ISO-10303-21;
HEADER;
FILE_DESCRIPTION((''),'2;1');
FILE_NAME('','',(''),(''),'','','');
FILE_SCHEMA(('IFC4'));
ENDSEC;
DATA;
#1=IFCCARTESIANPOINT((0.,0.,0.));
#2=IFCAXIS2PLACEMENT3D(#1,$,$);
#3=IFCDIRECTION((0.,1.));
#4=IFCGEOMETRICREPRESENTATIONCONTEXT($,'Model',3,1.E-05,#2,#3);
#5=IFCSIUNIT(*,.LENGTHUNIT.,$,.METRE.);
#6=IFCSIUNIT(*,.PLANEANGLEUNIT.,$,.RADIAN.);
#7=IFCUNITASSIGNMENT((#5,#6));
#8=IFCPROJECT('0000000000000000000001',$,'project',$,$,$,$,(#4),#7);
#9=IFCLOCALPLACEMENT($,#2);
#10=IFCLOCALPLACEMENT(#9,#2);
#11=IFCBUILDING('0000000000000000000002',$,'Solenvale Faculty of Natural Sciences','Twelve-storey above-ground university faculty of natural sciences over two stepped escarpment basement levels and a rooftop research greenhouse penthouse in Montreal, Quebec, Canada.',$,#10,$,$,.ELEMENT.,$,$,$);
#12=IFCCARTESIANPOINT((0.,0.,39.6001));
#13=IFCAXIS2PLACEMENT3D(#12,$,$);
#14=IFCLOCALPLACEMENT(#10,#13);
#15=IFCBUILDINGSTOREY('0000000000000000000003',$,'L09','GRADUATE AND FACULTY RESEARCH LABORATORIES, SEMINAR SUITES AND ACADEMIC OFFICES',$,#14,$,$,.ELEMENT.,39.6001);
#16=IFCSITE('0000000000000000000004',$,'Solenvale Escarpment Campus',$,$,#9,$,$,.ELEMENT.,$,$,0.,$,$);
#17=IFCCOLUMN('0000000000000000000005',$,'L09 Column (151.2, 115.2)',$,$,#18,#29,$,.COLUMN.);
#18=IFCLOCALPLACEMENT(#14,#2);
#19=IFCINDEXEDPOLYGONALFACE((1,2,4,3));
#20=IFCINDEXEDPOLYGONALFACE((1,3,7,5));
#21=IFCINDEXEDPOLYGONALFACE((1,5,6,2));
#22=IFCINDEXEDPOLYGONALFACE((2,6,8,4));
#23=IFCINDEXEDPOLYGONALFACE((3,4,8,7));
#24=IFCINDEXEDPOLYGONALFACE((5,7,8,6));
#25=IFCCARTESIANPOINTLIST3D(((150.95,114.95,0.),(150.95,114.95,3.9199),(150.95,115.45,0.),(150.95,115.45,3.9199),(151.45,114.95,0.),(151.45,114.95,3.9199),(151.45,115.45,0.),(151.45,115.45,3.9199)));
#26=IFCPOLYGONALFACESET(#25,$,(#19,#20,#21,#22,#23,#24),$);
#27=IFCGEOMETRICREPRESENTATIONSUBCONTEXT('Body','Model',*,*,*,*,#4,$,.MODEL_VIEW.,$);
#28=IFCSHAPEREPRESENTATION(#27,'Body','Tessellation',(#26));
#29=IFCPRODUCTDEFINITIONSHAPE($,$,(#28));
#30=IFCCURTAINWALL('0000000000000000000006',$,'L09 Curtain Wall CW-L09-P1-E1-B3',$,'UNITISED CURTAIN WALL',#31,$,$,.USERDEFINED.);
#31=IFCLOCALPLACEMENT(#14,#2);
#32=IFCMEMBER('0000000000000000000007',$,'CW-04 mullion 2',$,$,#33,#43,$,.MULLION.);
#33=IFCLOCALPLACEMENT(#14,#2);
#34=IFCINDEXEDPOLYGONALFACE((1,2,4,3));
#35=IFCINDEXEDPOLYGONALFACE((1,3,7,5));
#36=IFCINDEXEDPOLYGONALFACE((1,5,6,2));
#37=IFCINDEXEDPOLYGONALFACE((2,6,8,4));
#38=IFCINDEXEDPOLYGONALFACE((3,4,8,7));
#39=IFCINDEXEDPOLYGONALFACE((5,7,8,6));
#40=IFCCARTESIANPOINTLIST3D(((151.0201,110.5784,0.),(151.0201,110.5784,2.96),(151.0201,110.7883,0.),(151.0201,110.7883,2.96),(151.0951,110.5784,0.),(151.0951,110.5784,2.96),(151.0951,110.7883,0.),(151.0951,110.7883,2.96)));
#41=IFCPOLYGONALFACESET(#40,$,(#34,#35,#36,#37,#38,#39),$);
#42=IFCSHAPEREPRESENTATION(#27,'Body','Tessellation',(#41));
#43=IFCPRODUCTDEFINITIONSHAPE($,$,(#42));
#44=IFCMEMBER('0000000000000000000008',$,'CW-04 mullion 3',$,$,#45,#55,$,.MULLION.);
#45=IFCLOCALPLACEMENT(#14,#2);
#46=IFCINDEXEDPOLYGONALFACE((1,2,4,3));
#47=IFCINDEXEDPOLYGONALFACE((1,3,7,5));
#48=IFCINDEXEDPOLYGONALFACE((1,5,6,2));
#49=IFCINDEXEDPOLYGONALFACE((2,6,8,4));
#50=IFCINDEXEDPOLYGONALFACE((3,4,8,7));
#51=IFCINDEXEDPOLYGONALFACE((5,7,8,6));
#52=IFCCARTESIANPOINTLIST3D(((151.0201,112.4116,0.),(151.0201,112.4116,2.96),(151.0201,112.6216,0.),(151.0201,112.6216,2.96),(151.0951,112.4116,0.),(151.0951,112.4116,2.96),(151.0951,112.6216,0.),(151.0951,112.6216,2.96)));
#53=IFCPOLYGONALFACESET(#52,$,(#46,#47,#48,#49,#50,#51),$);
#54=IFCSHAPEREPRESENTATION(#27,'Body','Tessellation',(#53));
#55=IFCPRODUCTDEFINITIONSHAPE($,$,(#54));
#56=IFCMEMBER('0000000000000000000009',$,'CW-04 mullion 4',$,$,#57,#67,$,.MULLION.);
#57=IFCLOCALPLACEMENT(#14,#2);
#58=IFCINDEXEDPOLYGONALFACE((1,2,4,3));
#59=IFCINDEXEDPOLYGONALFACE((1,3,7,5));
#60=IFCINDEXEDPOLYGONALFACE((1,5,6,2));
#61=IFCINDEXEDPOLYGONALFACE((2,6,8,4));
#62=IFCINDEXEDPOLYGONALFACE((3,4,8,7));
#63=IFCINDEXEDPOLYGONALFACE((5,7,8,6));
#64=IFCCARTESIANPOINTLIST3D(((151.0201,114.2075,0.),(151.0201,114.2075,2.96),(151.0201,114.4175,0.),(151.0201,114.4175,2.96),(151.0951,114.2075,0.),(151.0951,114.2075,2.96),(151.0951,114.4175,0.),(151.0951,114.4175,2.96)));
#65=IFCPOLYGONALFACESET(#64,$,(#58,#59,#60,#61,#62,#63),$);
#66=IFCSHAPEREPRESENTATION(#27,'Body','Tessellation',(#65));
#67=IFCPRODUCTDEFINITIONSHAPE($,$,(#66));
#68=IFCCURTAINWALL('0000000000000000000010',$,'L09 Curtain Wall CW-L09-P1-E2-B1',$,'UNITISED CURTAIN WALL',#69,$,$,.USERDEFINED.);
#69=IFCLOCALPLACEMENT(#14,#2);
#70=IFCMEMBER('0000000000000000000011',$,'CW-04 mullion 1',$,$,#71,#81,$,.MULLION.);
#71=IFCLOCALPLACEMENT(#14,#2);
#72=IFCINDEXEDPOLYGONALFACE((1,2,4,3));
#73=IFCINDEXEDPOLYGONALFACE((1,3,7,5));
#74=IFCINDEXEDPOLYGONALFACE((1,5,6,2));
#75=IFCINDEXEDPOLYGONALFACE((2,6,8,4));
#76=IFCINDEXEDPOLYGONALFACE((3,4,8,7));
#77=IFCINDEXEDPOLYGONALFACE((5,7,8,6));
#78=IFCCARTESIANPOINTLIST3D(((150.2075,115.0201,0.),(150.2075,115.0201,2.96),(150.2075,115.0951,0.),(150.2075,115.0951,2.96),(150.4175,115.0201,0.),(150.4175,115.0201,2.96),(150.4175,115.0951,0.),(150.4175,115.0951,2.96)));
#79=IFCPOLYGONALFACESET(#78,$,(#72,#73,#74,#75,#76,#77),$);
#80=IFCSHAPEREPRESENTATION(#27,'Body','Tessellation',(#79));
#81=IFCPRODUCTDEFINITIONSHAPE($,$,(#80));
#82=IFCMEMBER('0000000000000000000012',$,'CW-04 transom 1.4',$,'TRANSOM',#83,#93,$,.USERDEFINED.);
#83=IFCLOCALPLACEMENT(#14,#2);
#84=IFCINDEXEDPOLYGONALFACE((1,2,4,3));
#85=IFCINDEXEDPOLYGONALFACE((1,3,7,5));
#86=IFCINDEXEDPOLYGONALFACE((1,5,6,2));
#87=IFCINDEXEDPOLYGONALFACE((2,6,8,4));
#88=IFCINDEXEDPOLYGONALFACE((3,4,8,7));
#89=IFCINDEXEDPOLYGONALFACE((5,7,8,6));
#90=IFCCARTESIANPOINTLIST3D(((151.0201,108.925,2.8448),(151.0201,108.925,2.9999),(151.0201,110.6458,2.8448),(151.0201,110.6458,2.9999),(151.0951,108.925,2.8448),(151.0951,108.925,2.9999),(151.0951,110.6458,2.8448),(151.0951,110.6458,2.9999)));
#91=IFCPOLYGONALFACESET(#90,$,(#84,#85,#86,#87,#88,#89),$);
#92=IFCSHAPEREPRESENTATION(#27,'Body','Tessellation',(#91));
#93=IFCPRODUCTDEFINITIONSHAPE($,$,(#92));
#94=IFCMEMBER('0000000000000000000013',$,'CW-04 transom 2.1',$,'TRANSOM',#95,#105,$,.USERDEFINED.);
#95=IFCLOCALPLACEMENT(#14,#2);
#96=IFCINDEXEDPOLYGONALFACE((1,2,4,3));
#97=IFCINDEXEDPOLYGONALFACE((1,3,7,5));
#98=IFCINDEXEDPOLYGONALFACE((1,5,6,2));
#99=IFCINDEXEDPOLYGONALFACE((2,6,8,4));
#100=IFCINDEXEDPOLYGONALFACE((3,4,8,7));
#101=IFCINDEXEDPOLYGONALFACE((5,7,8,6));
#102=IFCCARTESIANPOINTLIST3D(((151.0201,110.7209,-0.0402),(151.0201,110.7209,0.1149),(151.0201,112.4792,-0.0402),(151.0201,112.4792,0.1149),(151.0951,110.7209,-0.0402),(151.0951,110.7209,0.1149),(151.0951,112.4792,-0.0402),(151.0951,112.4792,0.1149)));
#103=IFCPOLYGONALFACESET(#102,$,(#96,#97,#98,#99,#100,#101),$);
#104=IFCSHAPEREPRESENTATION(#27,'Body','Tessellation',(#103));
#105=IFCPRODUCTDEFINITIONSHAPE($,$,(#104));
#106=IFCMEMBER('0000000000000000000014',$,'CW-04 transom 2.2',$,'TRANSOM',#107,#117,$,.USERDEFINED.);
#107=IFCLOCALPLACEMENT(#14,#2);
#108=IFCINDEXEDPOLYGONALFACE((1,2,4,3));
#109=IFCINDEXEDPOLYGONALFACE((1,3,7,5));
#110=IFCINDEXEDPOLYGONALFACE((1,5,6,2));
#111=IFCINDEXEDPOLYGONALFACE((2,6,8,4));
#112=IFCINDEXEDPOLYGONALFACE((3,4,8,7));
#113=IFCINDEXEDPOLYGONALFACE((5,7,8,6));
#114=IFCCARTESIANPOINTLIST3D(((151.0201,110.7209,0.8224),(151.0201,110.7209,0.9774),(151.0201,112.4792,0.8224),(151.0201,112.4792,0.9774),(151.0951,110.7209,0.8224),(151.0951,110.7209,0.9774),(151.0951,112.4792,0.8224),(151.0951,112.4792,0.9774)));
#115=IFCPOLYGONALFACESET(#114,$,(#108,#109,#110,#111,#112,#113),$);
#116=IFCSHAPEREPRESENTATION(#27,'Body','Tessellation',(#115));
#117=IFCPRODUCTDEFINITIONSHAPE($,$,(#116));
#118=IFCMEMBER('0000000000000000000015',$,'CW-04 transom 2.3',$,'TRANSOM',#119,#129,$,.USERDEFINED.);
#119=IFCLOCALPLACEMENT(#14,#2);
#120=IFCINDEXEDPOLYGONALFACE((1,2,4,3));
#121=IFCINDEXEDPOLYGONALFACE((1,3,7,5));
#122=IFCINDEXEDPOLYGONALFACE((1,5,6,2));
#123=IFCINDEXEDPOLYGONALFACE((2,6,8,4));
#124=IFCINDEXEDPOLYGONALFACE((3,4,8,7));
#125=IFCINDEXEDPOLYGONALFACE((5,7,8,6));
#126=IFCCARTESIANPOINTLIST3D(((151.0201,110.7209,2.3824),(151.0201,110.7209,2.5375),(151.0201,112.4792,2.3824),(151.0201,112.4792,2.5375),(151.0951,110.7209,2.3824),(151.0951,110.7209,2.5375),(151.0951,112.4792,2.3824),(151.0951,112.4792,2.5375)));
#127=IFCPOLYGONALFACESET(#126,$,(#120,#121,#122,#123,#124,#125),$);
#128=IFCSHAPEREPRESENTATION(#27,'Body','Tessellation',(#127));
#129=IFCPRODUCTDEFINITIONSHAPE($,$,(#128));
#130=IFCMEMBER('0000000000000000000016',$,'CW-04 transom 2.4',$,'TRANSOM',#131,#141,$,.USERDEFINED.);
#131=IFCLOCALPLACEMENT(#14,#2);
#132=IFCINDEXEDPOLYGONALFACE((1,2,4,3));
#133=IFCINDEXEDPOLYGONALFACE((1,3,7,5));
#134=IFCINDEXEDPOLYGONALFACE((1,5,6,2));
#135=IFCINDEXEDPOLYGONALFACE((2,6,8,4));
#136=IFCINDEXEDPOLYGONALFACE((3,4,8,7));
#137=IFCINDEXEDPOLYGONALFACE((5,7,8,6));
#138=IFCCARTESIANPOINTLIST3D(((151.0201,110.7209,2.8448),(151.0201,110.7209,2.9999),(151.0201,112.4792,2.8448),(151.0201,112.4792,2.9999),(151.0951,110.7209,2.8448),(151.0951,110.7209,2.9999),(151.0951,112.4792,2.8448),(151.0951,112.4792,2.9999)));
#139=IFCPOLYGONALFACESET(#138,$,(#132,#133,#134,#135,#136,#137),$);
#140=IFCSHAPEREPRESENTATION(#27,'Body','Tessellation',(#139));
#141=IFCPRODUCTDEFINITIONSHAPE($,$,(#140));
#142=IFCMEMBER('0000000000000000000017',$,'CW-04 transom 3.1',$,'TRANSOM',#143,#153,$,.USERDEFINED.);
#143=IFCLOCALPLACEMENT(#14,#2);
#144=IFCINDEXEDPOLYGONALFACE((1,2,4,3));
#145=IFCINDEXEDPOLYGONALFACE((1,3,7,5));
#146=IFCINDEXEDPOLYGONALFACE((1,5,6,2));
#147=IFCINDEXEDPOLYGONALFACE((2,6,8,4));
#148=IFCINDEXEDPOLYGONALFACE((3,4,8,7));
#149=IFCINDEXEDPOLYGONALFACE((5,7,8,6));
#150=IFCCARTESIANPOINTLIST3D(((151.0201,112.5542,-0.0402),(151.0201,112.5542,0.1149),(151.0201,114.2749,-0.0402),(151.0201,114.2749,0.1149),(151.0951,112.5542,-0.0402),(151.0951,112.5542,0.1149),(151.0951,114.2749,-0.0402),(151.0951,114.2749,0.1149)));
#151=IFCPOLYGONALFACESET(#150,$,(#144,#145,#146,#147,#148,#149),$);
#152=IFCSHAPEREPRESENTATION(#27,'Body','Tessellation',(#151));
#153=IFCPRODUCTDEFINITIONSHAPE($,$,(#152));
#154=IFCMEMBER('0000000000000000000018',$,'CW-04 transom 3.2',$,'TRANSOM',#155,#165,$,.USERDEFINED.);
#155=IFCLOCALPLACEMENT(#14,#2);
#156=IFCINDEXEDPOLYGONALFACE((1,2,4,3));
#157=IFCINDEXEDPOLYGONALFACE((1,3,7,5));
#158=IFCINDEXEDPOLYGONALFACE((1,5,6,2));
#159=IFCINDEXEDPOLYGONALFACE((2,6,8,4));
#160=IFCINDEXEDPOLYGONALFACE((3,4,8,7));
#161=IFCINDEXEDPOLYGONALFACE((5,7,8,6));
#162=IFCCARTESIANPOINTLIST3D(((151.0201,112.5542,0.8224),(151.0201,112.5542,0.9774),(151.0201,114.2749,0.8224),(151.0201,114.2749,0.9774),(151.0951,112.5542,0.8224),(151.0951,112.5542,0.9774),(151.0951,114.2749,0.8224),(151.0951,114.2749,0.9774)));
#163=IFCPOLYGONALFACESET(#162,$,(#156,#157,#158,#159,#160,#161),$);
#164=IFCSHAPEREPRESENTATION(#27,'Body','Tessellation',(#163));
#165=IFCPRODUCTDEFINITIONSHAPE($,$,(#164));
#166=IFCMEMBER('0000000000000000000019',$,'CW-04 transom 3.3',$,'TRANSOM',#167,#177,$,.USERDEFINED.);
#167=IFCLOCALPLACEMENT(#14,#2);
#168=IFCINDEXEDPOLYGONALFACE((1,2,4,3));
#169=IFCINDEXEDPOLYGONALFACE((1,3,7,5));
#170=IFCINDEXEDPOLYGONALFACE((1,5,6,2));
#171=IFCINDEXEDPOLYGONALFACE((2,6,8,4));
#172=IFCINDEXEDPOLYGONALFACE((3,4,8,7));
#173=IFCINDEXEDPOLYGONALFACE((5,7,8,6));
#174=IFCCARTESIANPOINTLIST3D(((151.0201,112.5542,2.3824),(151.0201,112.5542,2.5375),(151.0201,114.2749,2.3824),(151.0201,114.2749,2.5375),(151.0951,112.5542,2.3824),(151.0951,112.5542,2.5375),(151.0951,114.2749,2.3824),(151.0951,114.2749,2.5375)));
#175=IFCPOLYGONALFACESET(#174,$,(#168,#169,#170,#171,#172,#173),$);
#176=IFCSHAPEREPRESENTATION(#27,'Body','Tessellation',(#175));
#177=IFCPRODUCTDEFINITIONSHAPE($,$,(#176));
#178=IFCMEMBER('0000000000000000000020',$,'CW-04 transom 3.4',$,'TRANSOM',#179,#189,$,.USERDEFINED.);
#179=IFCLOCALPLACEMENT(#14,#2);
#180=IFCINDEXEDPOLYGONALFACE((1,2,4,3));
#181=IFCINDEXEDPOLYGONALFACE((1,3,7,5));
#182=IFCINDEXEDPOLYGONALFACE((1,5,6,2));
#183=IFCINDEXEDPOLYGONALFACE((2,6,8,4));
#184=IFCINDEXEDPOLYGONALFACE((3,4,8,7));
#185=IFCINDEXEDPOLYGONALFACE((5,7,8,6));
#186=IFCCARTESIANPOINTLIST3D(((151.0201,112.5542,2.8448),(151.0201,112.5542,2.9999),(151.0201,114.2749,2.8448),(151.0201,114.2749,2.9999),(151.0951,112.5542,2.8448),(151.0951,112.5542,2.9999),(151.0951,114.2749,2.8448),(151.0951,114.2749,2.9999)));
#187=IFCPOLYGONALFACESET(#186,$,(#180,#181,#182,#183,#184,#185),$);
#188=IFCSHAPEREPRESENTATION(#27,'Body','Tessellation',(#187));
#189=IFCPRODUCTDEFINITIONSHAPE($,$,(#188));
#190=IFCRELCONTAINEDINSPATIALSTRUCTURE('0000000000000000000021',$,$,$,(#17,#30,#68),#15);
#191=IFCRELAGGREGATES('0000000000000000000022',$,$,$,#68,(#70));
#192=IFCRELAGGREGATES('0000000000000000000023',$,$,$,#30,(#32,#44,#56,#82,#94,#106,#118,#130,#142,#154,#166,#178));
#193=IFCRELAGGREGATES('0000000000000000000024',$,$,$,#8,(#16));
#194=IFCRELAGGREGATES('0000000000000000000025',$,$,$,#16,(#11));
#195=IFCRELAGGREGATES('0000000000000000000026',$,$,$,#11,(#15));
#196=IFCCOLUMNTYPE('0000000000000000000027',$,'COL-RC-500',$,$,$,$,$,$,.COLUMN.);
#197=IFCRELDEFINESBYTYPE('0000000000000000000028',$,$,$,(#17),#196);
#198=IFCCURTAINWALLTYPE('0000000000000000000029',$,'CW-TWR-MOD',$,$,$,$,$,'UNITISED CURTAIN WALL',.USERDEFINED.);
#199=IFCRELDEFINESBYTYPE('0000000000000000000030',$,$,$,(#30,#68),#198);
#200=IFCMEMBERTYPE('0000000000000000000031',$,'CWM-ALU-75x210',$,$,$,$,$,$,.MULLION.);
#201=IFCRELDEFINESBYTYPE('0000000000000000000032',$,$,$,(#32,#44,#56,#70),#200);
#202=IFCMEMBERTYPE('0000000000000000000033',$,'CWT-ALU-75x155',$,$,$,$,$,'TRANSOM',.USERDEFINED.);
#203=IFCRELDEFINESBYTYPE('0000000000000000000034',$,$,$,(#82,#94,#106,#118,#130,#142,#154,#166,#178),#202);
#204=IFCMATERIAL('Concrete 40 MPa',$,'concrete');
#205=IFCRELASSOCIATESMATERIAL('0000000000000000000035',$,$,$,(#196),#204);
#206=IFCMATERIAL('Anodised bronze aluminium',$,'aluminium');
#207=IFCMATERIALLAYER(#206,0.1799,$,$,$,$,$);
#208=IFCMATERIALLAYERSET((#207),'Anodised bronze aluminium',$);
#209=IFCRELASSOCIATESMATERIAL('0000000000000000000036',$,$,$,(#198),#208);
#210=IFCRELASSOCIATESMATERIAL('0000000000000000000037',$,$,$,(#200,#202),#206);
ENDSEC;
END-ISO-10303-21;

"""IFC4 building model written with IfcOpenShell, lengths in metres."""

from ifc_helpers import new_model, si_unit, direction, frame, origin, origin_2d, place, context, subcontext, project, spatial, rectangle, extrude, material, layer, layer_set, material_profile, profile_set, type_object, element, aggregate, save


model = new_model("IFC4")

# Units and contexts
model_context = context("Model", 3, precision=1e-05, world=origin(), true_north=direction((0.0, 1.0)))
body_context = subcontext(model_context, "Body", "Model", "MODEL_VIEW")
ifc_project = project(units=[si_unit("LENGTHUNIT", "METRE"), si_unit("PLANEANGLEUNIT", "RADIAN")], contexts=[model_context])

# Site, building, storey
site_placement = place(None, origin())
site = spatial("IfcSite", under=ifc_project, at=site_placement, Name="Solenvale Escarpment Campus", CompositionType="ELEMENT", RefElevation=0.0)
building_placement = place(site_placement, origin())
building = spatial("IfcBuilding", under=site, at=building_placement, Name="Solenvale Faculty of Natural Sciences", Description="Twelve-storey above-ground university faculty of natural sciences over two stepped escarpment basement levels and a rooftop research greenhouse penthouse in Montreal, Quebec, Canada.", CompositionType="ELEMENT")
storey_placement = place(building_placement, frame((0.0, 0.0, 39.6001)))
storey = spatial("IfcBuildingStorey", under=building, at=storey_placement, Name="L09", Description="GRADUATE AND FACULTY RESEARCH LABORATORIES, SEMINAR SUITES AND ACADEMIC OFFICES", CompositionType="ELEMENT", Elevation=39.6001)

# Column
ifc_material_1 = material(Name="Concrete 40 MPa", Category="concrete")
ifc_material_profile_1 = material_profile(ifc_material_1, rectangle(XDim=0.5, YDim=0.5, at=origin_2d()), Name="RC-COL-500x500")
ifc_profile_set_1 = profile_set([ifc_material_profile_1], Name="Concrete 40 MPa")
column_type = type_object("IfcColumnType", Name="COL-RC-500", PredefinedType="COLUMN", material=ifc_profile_set_1)
column_placement = place(storey_placement, frame((151.2, 115.2, 0.0), z_axis=(0.0, 0.0, 1.0), x_axis=(1.0, 0.0, 0.0)))
element("IfcColumn", 1, at=column_placement, inside=storey, type_object=column_type, Name="L09 Column (151.2, 115.2)", PredefinedType="COLUMN", context=body_context, shape_type="SweptSolid", body=[
    extrude(rectangle(XDim=0.5, YDim=0.5, at=origin_2d()), origin(), (0.0, 0.0, 1.0), 3.9199),
])

# Curtain wall, members
ifc_material_2 = material(Name="Anodised bronze aluminium", Category="aluminium")
ifc_layer_1 = layer(ifc_material_2, 0.1799)
ifc_layer_set_1 = layer_set([ifc_layer_1], Name="Anodised bronze aluminium")
curtain_wall_type = type_object("IfcCurtainWallType", Name="CW-TWR-MOD", ElementType="UNITISED CURTAIN WALL", PredefinedType="USERDEFINED", material=ifc_layer_set_1)
curtain_wall_1_placement = place(storey_placement, origin())
curtain_wall_1 = element("IfcCurtainWall", 2, at=curtain_wall_1_placement, inside=storey, type_object=curtain_wall_type, Name="L09 Curtain Wall CW-L09-P1-E1-B3", ObjectType="UNITISED CURTAIN WALL", PredefinedType="USERDEFINED")
ifc_material_profile_2 = material_profile(ifc_material_2, rectangle(XDim=0.075, YDim=0.21, at=origin_2d()), Name="ALU-MUL-75x210")
ifc_profile_set_2 = profile_set([ifc_material_profile_2], Name="Anodised bronze aluminium")
member_type_1 = type_object("IfcMemberType", Name="CWM-ALU-75x210", PredefinedType="MULLION", material=ifc_profile_set_2)
member_1_placement = place(storey_placement, frame((151.0576, 110.6833, 0.0), z_axis=(0.0, 0.0, 1.0), x_axis=(-1.0, 0.0, 0.0)))
member_1 = element("IfcMember", 3, at=member_1_placement, type_object=member_type_1, Name="CW-04 mullion 2", PredefinedType="MULLION", context=body_context, shape_type="SweptSolid", body=[
    extrude(rectangle(XDim=0.075, YDim=0.21, at=origin_2d()), origin(), (0.0, 0.0, 1.0), 2.96),
])
member_2_placement = place(storey_placement, frame((151.0576, 112.5166, 0.0), z_axis=(0.0, 0.0, 1.0), x_axis=(-1.0, 0.0, 0.0)))
member_2 = element("IfcMember", 4, at=member_2_placement, type_object=member_type_1, Name="CW-04 mullion 3", PredefinedType="MULLION", context=body_context, shape_type="SweptSolid", body=[
    extrude(rectangle(XDim=0.075, YDim=0.21, at=origin_2d()), origin(), (0.0, 0.0, 1.0), 2.96),
])
member_3_placement = place(storey_placement, frame((151.0576, 114.3125, 0.0), z_axis=(0.0, 0.0, 1.0), x_axis=(-1.0, 0.0, 0.0)))
member_3 = element("IfcMember", 5, at=member_3_placement, type_object=member_type_1, Name="CW-04 mullion 4", PredefinedType="MULLION", context=body_context, shape_type="SweptSolid", body=[
    extrude(rectangle(XDim=0.075, YDim=0.21, at=origin_2d()), origin(), (0.0, 0.0, 1.0), 2.96),
])

# Curtain wall, member
curtain_wall_2_placement = place(storey_placement, origin())
curtain_wall_2 = element("IfcCurtainWall", 6, at=curtain_wall_2_placement, inside=storey, type_object=curtain_wall_type, Name="L09 Curtain Wall CW-L09-P1-E2-B1", ObjectType="UNITISED CURTAIN WALL", PredefinedType="USERDEFINED")
member_4_placement = place(storey_placement, frame((150.3125, 115.0576, 0.0), z_axis=(0.0, 0.0, 1.0), x_axis=(0.0, -1.0, 0.0)))
member_4 = element("IfcMember", 7, at=member_4_placement, type_object=member_type_1, Name="CW-04 mullion 1", PredefinedType="MULLION", context=body_context, shape_type="SweptSolid", body=[
    extrude(rectangle(XDim=0.075, YDim=0.21, at=origin_2d()), origin(), (0.0, 0.0, 1.0), 2.96),
])

# Members
ifc_material_profile_3 = material_profile(ifc_material_2, rectangle(XDim=0.075, YDim=0.155, at=origin_2d()), Name="ALU-TRN-75x155")
ifc_profile_set_3 = profile_set([ifc_material_profile_3], Name="Anodised bronze aluminium")
member_type_2 = type_object("IfcMemberType", Name="CWT-ALU-75x155", ElementType="TRANSOM", PredefinedType="USERDEFINED", material=ifc_profile_set_3)
member_5_placement = place(storey_placement, frame((151.0576, 108.925, 2.9224), z_axis=(0.0, 1.0, 0.0), x_axis=(-1.0, 0.0, 0.0)))
member_5 = element("IfcMember", 8, at=member_5_placement, type_object=member_type_2, Name="CW-04 transom 1.4", ObjectType="TRANSOM", PredefinedType="USERDEFINED", context=body_context, shape_type="SweptSolid", body=[
    extrude(rectangle(XDim=0.075, YDim=0.155, at=origin_2d()), origin(), (0.0, 0.0, 1.0), 1.7207),
])
member_6_placement = place(storey_placement, frame((151.0576, 110.7209, 0.0374), z_axis=(0.0, 1.0, 0.0), x_axis=(-1.0, 0.0, 0.0)))
member_6 = element("IfcMember", 9, at=member_6_placement, type_object=member_type_2, Name="CW-04 transom 2.1", ObjectType="TRANSOM", PredefinedType="USERDEFINED", context=body_context, shape_type="SweptSolid", body=[
    extrude(rectangle(XDim=0.075, YDim=0.155, at=origin_2d()), origin(), (0.0, 0.0, 1.0), 1.7583),
])
member_7_placement = place(storey_placement, frame((151.0576, 110.7209, 0.8999), z_axis=(0.0, 1.0, 0.0), x_axis=(-1.0, 0.0, 0.0)))
member_7 = element("IfcMember", 10, at=member_7_placement, type_object=member_type_2, Name="CW-04 transom 2.2", ObjectType="TRANSOM", PredefinedType="USERDEFINED", context=body_context, shape_type="SweptSolid", body=[
    extrude(rectangle(XDim=0.075, YDim=0.155, at=origin_2d()), origin(), (0.0, 0.0, 1.0), 1.7583),
])
member_8_placement = place(storey_placement, frame((151.0576, 110.7209, 2.46), z_axis=(0.0, 1.0, 0.0), x_axis=(-1.0, 0.0, 0.0)))
member_8 = element("IfcMember", 11, at=member_8_placement, type_object=member_type_2, Name="CW-04 transom 2.3", ObjectType="TRANSOM", PredefinedType="USERDEFINED", context=body_context, shape_type="SweptSolid", body=[
    extrude(rectangle(XDim=0.075, YDim=0.155, at=origin_2d()), origin(), (0.0, 0.0, 1.0), 1.7583),
])
member_9_placement = place(storey_placement, frame((151.0576, 110.7209, 2.9224), z_axis=(0.0, 1.0, 0.0), x_axis=(-1.0, 0.0, 0.0)))
member_9 = element("IfcMember", 12, at=member_9_placement, type_object=member_type_2, Name="CW-04 transom 2.4", ObjectType="TRANSOM", PredefinedType="USERDEFINED", context=body_context, shape_type="SweptSolid", body=[
    extrude(rectangle(XDim=0.075, YDim=0.155, at=origin_2d()), origin(), (0.0, 0.0, 1.0), 1.7583),
])
member_10_placement = place(storey_placement, frame((151.0576, 112.5542, 0.0374), z_axis=(0.0, 1.0, 0.0), x_axis=(-1.0, 0.0, 0.0)))
member_10 = element("IfcMember", 13, at=member_10_placement, type_object=member_type_2, Name="CW-04 transom 3.1", ObjectType="TRANSOM", PredefinedType="USERDEFINED", context=body_context, shape_type="SweptSolid", body=[
    extrude(rectangle(XDim=0.075, YDim=0.155, at=origin_2d()), origin(), (0.0, 0.0, 1.0), 1.7207),
])
member_11_placement = place(storey_placement, frame((151.0576, 112.5542, 0.8999), z_axis=(0.0, 1.0, 0.0), x_axis=(-1.0, 0.0, 0.0)))
member_11 = element("IfcMember", 14, at=member_11_placement, type_object=member_type_2, Name="CW-04 transom 3.2", ObjectType="TRANSOM", PredefinedType="USERDEFINED", context=body_context, shape_type="SweptSolid", body=[
    extrude(rectangle(XDim=0.075, YDim=0.155, at=origin_2d()), origin(), (0.0, 0.0, 1.0), 1.7207),
])
member_12_placement = place(storey_placement, frame((151.0576, 112.5542, 2.46), z_axis=(0.0, 1.0, 0.0), x_axis=(-1.0, 0.0, 0.0)))
member_12 = element("IfcMember", 15, at=member_12_placement, type_object=member_type_2, Name="CW-04 transom 3.3", ObjectType="TRANSOM", PredefinedType="USERDEFINED", context=body_context, shape_type="SweptSolid", body=[
    extrude(rectangle(XDim=0.075, YDim=0.155, at=origin_2d()), origin(), (0.0, 0.0, 1.0), 1.7207),
])
member_13_placement = place(storey_placement, frame((151.0576, 112.5542, 2.9224), z_axis=(0.0, 1.0, 0.0), x_axis=(-1.0, 0.0, 0.0)))
member_13 = element("IfcMember", 16, at=member_13_placement, type_object=member_type_2, Name="CW-04 transom 3.4", ObjectType="TRANSOM", PredefinedType="USERDEFINED", context=body_context, shape_type="SweptSolid", body=[
    extrude(rectangle(XDim=0.075, YDim=0.155, at=origin_2d()), origin(), (0.0, 0.0, 1.0), 1.7207),
])
aggregate(curtain_wall_2, [member_4])

aggregate(curtain_wall_1, [member_1, member_2, member_3, member_5, member_6, member_7, member_8, member_9, member_10, member_11, member_12, member_13])

save(model, "model.ifc")
